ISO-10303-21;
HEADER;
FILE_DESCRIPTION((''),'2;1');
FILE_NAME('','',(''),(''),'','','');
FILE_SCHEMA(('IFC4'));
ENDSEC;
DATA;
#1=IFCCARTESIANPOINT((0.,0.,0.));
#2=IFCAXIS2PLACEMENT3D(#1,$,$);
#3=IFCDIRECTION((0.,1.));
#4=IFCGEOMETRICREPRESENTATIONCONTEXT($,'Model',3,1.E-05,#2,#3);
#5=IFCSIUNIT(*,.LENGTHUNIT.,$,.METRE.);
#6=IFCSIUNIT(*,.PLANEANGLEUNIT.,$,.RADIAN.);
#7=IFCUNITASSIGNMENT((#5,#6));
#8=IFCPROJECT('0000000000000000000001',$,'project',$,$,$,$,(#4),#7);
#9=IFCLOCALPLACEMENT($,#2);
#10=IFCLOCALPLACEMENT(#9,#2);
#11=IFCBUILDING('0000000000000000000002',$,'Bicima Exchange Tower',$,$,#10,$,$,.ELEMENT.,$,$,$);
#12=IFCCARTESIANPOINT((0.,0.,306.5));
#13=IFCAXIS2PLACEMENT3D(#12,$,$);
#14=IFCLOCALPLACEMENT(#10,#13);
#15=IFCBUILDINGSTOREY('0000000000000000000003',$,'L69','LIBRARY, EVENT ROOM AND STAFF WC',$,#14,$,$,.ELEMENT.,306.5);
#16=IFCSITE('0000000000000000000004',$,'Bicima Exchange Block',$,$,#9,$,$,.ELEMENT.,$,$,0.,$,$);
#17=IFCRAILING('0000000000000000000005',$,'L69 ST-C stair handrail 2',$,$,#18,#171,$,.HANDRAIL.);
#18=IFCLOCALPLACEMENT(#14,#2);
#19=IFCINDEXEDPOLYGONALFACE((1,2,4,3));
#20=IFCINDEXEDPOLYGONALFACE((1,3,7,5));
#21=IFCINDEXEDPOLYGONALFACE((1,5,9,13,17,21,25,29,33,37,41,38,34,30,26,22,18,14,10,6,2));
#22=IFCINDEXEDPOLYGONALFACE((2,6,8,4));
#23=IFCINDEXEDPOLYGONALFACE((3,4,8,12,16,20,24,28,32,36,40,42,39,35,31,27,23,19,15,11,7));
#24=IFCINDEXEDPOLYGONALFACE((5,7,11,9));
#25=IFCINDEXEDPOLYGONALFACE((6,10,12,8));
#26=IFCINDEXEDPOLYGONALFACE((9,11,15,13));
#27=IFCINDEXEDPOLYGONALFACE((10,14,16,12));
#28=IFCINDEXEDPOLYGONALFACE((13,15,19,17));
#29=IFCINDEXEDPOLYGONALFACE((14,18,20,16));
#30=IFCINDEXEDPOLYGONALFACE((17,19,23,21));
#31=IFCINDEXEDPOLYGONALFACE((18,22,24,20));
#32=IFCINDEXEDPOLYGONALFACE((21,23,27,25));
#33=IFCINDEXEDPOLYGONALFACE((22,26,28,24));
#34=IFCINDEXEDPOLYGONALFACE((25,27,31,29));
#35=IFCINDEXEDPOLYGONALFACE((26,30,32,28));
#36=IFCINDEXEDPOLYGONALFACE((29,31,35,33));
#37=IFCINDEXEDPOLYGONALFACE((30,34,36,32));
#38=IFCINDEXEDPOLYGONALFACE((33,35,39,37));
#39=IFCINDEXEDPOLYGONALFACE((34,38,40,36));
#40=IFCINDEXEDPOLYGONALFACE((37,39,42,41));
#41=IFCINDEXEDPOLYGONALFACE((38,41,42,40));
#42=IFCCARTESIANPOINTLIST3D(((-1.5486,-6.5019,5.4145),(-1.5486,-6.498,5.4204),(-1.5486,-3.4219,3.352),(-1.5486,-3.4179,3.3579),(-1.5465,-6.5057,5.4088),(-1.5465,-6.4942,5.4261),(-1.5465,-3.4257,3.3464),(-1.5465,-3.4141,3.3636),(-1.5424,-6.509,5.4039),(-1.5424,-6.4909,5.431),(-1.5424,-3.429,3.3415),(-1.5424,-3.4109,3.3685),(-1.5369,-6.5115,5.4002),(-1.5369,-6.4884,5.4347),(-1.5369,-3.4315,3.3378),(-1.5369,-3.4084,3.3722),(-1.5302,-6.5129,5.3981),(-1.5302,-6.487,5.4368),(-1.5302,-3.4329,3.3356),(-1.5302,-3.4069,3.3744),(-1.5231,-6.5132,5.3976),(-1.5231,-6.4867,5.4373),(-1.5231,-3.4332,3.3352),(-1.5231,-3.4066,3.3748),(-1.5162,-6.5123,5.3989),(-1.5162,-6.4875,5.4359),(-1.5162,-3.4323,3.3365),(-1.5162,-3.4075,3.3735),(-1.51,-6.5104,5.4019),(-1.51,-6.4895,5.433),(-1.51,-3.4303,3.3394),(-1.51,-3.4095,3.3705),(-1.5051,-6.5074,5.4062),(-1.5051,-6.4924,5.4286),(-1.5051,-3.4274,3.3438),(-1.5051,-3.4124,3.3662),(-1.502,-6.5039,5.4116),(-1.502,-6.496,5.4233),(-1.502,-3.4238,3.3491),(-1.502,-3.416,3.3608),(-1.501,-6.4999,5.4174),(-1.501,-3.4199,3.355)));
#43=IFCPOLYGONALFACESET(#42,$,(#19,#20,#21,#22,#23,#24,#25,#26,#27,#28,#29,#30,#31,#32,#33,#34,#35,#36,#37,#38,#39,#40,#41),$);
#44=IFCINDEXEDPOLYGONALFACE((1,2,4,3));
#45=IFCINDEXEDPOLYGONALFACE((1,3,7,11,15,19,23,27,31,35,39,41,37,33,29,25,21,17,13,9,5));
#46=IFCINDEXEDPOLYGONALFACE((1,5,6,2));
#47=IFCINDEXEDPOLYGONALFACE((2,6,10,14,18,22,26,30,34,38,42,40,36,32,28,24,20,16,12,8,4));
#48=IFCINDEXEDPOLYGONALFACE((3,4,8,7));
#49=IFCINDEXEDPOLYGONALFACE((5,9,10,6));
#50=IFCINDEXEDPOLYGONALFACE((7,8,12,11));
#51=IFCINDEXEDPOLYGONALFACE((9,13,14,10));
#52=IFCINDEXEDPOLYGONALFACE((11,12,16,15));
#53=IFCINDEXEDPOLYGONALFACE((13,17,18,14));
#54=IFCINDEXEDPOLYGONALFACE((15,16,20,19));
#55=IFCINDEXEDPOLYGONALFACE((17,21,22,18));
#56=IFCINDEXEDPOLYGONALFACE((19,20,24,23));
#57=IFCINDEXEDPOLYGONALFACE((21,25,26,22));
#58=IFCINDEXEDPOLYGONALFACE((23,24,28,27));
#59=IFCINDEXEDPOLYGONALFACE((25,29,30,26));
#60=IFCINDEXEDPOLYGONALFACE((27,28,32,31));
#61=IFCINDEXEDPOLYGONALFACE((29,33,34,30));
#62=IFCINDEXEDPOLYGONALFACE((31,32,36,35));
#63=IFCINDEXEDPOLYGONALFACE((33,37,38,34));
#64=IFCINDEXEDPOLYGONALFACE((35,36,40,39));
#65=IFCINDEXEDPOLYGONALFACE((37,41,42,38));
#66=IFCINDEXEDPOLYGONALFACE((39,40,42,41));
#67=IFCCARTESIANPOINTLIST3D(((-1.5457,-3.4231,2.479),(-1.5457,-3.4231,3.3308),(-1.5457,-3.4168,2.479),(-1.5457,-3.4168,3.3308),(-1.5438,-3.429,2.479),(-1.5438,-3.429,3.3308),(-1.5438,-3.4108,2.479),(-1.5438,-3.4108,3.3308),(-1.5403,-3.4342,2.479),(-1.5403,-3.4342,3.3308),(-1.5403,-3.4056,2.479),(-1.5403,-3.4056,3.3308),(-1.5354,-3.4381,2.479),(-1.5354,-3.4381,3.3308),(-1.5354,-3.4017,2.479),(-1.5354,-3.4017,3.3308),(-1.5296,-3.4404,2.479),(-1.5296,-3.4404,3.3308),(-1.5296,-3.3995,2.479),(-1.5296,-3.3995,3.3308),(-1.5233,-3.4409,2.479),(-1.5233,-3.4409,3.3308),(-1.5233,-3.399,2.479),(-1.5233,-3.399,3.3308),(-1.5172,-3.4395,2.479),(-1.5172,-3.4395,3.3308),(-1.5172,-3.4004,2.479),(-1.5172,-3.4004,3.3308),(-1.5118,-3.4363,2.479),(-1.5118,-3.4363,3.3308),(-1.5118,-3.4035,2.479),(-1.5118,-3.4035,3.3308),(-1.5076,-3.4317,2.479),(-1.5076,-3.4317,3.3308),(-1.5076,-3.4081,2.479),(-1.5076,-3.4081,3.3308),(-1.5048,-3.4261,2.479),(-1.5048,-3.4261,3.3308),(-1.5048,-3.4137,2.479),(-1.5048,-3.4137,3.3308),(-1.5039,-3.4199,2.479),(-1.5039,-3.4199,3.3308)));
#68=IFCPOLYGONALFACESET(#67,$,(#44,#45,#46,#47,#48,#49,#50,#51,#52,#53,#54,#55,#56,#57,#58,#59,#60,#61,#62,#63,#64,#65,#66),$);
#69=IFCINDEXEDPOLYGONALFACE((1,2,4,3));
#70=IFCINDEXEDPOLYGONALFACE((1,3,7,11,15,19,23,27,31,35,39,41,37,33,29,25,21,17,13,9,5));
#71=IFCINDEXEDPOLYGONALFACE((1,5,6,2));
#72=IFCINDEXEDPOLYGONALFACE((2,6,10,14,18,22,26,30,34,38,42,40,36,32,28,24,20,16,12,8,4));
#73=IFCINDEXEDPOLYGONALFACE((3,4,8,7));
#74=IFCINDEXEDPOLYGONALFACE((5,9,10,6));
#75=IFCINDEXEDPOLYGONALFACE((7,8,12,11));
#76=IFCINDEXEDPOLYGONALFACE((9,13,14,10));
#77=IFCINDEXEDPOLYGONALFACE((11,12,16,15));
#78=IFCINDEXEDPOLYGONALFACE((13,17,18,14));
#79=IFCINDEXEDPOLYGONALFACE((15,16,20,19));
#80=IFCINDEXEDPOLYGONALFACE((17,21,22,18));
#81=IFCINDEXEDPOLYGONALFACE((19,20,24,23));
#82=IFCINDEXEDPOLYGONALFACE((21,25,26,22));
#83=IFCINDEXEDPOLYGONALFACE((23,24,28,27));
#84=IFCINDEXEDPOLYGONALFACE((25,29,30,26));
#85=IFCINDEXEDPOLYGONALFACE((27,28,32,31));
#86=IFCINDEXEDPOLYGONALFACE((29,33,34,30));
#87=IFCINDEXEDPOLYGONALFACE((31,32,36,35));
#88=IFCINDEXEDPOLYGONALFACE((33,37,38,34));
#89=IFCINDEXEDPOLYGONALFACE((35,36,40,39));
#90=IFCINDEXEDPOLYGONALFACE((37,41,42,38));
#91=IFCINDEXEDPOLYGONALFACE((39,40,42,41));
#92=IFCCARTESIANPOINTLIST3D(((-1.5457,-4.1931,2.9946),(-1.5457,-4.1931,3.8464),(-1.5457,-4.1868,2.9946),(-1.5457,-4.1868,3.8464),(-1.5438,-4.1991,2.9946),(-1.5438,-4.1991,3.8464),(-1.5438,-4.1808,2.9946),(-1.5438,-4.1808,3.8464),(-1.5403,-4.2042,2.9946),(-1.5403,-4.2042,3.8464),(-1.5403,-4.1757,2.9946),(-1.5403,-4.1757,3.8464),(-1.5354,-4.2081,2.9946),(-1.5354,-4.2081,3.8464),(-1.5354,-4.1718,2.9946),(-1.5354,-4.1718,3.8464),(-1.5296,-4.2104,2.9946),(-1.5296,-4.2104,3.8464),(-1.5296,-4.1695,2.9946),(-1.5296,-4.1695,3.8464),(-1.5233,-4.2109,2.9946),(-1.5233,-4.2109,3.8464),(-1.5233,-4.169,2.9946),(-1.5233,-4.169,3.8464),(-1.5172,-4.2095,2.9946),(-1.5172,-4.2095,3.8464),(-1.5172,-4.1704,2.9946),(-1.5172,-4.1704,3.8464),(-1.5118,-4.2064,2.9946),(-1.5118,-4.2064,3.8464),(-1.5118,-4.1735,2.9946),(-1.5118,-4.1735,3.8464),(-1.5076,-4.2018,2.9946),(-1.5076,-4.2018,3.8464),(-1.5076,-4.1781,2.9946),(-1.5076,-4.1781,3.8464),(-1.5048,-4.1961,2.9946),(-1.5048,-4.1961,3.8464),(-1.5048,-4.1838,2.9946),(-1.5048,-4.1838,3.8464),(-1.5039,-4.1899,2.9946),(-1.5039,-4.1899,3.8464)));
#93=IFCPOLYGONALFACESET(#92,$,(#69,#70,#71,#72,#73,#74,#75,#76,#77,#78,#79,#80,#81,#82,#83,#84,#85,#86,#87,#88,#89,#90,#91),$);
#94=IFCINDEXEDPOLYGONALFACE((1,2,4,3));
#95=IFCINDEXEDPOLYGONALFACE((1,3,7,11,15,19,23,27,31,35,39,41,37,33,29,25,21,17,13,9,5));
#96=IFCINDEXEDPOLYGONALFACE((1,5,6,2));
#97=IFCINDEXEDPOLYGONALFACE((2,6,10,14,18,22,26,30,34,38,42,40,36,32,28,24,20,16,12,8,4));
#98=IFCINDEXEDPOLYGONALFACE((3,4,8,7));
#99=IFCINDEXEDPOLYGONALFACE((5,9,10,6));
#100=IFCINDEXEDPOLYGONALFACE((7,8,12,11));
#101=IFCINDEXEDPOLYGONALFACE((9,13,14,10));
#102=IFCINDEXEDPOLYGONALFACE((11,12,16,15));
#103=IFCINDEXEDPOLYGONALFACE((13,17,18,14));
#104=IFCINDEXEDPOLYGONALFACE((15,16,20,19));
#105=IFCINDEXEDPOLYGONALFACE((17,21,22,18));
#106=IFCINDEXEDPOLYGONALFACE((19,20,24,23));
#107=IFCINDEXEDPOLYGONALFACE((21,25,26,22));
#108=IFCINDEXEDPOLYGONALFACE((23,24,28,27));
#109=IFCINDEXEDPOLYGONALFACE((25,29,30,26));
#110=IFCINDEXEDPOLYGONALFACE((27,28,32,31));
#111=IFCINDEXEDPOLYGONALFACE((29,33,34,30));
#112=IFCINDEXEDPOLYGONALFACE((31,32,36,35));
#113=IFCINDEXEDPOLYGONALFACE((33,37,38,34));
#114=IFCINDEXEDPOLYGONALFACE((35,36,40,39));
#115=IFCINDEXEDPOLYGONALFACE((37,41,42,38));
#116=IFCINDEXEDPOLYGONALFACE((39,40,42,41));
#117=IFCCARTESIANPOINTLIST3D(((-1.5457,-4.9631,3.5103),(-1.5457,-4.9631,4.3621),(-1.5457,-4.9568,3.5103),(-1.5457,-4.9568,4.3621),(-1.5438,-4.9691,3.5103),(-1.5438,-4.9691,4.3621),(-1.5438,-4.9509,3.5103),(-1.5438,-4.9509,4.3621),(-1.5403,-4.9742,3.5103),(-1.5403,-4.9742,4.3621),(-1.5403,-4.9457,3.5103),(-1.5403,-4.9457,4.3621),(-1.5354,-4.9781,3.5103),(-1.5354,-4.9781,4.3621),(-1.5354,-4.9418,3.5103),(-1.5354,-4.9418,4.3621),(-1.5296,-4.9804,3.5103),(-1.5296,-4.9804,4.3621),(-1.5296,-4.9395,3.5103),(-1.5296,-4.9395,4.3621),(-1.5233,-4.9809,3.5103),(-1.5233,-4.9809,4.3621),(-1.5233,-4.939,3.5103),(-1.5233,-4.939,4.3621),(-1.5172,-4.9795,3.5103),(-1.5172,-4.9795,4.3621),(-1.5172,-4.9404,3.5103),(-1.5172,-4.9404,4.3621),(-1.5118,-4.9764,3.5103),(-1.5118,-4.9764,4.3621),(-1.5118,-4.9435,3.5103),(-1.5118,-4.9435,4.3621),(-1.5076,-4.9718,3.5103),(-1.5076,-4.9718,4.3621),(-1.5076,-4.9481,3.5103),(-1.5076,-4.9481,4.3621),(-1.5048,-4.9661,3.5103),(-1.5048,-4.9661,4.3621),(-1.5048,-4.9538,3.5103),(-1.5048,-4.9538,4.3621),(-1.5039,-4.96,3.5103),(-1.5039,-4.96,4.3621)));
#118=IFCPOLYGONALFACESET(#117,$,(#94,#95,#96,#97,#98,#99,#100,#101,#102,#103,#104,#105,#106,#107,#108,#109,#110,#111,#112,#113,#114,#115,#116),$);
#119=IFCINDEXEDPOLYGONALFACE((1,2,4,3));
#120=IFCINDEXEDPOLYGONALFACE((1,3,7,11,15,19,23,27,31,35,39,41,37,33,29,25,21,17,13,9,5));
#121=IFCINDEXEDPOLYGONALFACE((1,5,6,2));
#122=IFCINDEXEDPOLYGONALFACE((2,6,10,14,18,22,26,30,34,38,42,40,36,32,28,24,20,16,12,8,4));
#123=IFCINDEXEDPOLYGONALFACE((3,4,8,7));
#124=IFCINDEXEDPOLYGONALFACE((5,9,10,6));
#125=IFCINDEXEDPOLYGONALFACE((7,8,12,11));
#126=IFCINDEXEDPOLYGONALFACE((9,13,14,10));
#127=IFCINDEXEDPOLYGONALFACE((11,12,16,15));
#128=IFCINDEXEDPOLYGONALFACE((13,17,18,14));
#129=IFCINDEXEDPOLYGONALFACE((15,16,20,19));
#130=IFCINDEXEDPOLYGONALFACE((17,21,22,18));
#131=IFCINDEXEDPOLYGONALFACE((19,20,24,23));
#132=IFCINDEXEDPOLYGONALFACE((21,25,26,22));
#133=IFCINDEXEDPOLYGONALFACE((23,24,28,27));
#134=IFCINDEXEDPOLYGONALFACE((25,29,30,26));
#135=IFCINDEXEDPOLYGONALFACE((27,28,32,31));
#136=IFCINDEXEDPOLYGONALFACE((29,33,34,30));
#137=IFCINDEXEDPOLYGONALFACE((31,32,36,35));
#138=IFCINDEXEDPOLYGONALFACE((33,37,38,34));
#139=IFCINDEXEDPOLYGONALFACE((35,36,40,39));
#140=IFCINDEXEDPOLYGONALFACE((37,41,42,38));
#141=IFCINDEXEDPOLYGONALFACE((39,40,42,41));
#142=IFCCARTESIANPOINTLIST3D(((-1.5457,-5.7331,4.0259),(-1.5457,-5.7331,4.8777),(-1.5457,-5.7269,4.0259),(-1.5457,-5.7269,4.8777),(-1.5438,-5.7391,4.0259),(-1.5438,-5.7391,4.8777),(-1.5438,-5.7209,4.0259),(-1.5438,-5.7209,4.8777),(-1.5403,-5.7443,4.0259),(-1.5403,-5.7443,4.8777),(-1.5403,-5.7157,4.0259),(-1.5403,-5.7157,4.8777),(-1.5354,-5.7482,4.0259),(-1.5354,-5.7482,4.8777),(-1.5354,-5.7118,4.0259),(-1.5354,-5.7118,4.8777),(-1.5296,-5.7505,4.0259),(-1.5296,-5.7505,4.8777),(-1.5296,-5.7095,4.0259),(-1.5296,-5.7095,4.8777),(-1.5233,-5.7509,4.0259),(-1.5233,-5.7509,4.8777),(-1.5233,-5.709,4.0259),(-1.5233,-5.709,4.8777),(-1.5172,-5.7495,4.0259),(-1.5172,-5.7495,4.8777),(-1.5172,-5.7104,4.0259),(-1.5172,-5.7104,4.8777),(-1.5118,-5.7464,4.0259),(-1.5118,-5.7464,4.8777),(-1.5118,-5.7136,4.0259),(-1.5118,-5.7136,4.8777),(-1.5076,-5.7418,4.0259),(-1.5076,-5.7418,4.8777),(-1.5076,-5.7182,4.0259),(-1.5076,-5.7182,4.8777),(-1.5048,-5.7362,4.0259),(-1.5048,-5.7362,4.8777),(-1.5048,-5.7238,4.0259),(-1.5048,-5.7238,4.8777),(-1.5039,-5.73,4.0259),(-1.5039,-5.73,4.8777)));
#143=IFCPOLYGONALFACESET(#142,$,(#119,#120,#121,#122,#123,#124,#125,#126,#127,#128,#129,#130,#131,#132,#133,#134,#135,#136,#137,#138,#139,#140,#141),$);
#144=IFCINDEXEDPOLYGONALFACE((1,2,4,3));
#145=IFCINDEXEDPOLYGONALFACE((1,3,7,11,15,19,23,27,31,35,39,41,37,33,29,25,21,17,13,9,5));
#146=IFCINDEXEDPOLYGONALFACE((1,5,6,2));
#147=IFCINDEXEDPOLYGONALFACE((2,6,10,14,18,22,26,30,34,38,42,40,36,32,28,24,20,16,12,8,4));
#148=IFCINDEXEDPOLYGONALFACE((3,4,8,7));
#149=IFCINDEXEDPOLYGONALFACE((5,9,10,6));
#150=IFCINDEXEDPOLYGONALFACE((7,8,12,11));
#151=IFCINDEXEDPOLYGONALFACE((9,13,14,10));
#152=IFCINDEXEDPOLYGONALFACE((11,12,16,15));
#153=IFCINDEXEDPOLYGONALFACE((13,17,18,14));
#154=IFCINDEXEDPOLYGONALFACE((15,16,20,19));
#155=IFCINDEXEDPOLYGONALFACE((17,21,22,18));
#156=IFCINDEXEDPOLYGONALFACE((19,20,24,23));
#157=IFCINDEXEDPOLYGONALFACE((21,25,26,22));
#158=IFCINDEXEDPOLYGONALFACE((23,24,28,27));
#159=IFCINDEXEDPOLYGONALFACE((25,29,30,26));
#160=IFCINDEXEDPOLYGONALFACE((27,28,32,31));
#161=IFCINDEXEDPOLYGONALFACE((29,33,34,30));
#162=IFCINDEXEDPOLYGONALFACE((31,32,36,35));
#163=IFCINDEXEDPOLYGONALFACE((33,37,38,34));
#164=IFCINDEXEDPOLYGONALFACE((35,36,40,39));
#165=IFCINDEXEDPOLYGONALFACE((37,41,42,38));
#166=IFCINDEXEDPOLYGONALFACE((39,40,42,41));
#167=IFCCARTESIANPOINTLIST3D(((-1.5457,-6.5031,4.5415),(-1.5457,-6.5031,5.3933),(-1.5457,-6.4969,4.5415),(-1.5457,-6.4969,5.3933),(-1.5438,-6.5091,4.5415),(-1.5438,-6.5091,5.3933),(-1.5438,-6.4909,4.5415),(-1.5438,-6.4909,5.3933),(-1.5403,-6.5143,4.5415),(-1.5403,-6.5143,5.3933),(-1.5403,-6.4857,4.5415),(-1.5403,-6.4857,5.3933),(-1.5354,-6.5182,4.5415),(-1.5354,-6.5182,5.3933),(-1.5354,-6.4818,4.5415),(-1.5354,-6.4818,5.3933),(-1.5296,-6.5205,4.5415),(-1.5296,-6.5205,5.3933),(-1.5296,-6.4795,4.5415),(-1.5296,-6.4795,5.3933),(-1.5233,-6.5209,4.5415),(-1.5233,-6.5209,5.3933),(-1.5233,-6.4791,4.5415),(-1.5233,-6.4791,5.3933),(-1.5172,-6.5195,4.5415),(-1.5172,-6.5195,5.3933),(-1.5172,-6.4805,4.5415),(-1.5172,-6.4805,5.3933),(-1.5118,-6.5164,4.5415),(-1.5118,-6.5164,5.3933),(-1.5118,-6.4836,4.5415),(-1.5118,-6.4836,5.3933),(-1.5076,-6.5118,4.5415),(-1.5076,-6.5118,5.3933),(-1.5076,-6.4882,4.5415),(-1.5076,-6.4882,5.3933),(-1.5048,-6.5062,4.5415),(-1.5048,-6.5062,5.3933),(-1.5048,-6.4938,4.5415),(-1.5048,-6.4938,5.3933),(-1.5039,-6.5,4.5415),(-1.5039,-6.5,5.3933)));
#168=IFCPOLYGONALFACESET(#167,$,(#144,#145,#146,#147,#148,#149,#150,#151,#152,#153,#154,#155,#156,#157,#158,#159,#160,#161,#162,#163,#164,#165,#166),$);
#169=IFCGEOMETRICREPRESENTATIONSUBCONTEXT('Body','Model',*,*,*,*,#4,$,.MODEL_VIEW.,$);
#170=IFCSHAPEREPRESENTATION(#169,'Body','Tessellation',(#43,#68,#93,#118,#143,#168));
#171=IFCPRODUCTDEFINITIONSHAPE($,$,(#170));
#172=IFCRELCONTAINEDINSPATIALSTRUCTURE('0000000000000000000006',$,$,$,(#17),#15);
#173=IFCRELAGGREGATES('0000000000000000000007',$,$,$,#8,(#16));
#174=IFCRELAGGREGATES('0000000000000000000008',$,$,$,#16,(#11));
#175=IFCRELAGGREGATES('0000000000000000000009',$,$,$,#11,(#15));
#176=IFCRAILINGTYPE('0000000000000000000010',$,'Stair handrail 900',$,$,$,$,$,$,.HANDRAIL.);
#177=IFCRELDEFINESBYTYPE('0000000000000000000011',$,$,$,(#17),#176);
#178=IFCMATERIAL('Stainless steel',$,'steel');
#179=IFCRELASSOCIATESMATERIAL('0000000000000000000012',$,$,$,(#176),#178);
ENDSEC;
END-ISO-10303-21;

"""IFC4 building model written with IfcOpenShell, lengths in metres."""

from ifc_helpers import new_model, si_unit, direction, frame, origin, origin_2d, place, context, subcontext, project, spatial, circle, extrude, material, type_object, element, save


model = new_model("IFC4")

# Units and contexts
model_context = context("Model", 3, precision=1e-05, world=origin(), true_north=direction((0.0, 1.0)))
body_context = subcontext(model_context, "Body", "Model", "MODEL_VIEW")
ifc_project = project(units=[si_unit("LENGTHUNIT", "METRE"), si_unit("PLANEANGLEUNIT", "RADIAN")], contexts=[model_context])

# Site, building, storey
site_placement = place(None, origin())
site = spatial("IfcSite", under=ifc_project, at=site_placement, Name="Bicima Exchange Block", CompositionType="ELEMENT", RefElevation=0.0)
building_placement = place(site_placement, origin())
building = spatial("IfcBuilding", under=site, at=building_placement, Name="Bicima Exchange Tower", CompositionType="ELEMENT")
storey_placement = place(building_placement, frame((0.0, 0.0, 306.5)))
storey = spatial("IfcBuildingStorey", under=building, at=storey_placement, Name="L69", Description="LIBRARY, EVENT ROOM AND STAFF WC", CompositionType="ELEMENT", Elevation=306.5)

# Railing
ifc_material_1 = material(Name="Stainless steel", Category="steel")
railing_type = type_object("IfcRailingType", Name="Stair handrail 900", PredefinedType="HANDRAIL", material=ifc_material_1)
railing_placement = place(storey_placement, frame((-1.5249, -3.4199, 2.479)))
element("IfcRailing", 1, at=railing_placement, inside=storey, type_object=railing_type, Name="L69 ST-C stair handrail 2", PredefinedType="HANDRAIL", context=body_context, shape_type="SweptSolid", body=[
    extrude(circle(Radius=0.0239, at=origin_2d()), frame((0.0, 0.0, 0.876), z_axis=(0.0, -0.830914, 0.556401), x_axis=(1.0, 0.0, 0.0)), (0.0, 0.0, 1.0), 3.7068),
    extrude(circle(Radius=0.021, at=origin_2d()), origin(), (0.0, 0.0, 1.0), 0.8518),
    extrude(circle(Radius=0.021, at=origin_2d()), frame((0.0, -0.77, 0.5156)), (0.0, 0.0, 1.0), 0.8518),
    extrude(circle(Radius=0.021, at=origin_2d()), frame((0.0, -1.54, 1.0312)), (0.0, 0.0, 1.0), 0.8518),
    extrude(circle(Radius=0.021, at=origin_2d()), frame((0.0, -2.3101, 1.5469)), (0.0, 0.0, 1.0), 0.8518),
    extrude(circle(Radius=0.021, at=origin_2d()), frame((0.0, -3.0801, 2.0625)), (0.0, 0.0, 1.0), 0.8518),
])

save(model, "model.ifc")
